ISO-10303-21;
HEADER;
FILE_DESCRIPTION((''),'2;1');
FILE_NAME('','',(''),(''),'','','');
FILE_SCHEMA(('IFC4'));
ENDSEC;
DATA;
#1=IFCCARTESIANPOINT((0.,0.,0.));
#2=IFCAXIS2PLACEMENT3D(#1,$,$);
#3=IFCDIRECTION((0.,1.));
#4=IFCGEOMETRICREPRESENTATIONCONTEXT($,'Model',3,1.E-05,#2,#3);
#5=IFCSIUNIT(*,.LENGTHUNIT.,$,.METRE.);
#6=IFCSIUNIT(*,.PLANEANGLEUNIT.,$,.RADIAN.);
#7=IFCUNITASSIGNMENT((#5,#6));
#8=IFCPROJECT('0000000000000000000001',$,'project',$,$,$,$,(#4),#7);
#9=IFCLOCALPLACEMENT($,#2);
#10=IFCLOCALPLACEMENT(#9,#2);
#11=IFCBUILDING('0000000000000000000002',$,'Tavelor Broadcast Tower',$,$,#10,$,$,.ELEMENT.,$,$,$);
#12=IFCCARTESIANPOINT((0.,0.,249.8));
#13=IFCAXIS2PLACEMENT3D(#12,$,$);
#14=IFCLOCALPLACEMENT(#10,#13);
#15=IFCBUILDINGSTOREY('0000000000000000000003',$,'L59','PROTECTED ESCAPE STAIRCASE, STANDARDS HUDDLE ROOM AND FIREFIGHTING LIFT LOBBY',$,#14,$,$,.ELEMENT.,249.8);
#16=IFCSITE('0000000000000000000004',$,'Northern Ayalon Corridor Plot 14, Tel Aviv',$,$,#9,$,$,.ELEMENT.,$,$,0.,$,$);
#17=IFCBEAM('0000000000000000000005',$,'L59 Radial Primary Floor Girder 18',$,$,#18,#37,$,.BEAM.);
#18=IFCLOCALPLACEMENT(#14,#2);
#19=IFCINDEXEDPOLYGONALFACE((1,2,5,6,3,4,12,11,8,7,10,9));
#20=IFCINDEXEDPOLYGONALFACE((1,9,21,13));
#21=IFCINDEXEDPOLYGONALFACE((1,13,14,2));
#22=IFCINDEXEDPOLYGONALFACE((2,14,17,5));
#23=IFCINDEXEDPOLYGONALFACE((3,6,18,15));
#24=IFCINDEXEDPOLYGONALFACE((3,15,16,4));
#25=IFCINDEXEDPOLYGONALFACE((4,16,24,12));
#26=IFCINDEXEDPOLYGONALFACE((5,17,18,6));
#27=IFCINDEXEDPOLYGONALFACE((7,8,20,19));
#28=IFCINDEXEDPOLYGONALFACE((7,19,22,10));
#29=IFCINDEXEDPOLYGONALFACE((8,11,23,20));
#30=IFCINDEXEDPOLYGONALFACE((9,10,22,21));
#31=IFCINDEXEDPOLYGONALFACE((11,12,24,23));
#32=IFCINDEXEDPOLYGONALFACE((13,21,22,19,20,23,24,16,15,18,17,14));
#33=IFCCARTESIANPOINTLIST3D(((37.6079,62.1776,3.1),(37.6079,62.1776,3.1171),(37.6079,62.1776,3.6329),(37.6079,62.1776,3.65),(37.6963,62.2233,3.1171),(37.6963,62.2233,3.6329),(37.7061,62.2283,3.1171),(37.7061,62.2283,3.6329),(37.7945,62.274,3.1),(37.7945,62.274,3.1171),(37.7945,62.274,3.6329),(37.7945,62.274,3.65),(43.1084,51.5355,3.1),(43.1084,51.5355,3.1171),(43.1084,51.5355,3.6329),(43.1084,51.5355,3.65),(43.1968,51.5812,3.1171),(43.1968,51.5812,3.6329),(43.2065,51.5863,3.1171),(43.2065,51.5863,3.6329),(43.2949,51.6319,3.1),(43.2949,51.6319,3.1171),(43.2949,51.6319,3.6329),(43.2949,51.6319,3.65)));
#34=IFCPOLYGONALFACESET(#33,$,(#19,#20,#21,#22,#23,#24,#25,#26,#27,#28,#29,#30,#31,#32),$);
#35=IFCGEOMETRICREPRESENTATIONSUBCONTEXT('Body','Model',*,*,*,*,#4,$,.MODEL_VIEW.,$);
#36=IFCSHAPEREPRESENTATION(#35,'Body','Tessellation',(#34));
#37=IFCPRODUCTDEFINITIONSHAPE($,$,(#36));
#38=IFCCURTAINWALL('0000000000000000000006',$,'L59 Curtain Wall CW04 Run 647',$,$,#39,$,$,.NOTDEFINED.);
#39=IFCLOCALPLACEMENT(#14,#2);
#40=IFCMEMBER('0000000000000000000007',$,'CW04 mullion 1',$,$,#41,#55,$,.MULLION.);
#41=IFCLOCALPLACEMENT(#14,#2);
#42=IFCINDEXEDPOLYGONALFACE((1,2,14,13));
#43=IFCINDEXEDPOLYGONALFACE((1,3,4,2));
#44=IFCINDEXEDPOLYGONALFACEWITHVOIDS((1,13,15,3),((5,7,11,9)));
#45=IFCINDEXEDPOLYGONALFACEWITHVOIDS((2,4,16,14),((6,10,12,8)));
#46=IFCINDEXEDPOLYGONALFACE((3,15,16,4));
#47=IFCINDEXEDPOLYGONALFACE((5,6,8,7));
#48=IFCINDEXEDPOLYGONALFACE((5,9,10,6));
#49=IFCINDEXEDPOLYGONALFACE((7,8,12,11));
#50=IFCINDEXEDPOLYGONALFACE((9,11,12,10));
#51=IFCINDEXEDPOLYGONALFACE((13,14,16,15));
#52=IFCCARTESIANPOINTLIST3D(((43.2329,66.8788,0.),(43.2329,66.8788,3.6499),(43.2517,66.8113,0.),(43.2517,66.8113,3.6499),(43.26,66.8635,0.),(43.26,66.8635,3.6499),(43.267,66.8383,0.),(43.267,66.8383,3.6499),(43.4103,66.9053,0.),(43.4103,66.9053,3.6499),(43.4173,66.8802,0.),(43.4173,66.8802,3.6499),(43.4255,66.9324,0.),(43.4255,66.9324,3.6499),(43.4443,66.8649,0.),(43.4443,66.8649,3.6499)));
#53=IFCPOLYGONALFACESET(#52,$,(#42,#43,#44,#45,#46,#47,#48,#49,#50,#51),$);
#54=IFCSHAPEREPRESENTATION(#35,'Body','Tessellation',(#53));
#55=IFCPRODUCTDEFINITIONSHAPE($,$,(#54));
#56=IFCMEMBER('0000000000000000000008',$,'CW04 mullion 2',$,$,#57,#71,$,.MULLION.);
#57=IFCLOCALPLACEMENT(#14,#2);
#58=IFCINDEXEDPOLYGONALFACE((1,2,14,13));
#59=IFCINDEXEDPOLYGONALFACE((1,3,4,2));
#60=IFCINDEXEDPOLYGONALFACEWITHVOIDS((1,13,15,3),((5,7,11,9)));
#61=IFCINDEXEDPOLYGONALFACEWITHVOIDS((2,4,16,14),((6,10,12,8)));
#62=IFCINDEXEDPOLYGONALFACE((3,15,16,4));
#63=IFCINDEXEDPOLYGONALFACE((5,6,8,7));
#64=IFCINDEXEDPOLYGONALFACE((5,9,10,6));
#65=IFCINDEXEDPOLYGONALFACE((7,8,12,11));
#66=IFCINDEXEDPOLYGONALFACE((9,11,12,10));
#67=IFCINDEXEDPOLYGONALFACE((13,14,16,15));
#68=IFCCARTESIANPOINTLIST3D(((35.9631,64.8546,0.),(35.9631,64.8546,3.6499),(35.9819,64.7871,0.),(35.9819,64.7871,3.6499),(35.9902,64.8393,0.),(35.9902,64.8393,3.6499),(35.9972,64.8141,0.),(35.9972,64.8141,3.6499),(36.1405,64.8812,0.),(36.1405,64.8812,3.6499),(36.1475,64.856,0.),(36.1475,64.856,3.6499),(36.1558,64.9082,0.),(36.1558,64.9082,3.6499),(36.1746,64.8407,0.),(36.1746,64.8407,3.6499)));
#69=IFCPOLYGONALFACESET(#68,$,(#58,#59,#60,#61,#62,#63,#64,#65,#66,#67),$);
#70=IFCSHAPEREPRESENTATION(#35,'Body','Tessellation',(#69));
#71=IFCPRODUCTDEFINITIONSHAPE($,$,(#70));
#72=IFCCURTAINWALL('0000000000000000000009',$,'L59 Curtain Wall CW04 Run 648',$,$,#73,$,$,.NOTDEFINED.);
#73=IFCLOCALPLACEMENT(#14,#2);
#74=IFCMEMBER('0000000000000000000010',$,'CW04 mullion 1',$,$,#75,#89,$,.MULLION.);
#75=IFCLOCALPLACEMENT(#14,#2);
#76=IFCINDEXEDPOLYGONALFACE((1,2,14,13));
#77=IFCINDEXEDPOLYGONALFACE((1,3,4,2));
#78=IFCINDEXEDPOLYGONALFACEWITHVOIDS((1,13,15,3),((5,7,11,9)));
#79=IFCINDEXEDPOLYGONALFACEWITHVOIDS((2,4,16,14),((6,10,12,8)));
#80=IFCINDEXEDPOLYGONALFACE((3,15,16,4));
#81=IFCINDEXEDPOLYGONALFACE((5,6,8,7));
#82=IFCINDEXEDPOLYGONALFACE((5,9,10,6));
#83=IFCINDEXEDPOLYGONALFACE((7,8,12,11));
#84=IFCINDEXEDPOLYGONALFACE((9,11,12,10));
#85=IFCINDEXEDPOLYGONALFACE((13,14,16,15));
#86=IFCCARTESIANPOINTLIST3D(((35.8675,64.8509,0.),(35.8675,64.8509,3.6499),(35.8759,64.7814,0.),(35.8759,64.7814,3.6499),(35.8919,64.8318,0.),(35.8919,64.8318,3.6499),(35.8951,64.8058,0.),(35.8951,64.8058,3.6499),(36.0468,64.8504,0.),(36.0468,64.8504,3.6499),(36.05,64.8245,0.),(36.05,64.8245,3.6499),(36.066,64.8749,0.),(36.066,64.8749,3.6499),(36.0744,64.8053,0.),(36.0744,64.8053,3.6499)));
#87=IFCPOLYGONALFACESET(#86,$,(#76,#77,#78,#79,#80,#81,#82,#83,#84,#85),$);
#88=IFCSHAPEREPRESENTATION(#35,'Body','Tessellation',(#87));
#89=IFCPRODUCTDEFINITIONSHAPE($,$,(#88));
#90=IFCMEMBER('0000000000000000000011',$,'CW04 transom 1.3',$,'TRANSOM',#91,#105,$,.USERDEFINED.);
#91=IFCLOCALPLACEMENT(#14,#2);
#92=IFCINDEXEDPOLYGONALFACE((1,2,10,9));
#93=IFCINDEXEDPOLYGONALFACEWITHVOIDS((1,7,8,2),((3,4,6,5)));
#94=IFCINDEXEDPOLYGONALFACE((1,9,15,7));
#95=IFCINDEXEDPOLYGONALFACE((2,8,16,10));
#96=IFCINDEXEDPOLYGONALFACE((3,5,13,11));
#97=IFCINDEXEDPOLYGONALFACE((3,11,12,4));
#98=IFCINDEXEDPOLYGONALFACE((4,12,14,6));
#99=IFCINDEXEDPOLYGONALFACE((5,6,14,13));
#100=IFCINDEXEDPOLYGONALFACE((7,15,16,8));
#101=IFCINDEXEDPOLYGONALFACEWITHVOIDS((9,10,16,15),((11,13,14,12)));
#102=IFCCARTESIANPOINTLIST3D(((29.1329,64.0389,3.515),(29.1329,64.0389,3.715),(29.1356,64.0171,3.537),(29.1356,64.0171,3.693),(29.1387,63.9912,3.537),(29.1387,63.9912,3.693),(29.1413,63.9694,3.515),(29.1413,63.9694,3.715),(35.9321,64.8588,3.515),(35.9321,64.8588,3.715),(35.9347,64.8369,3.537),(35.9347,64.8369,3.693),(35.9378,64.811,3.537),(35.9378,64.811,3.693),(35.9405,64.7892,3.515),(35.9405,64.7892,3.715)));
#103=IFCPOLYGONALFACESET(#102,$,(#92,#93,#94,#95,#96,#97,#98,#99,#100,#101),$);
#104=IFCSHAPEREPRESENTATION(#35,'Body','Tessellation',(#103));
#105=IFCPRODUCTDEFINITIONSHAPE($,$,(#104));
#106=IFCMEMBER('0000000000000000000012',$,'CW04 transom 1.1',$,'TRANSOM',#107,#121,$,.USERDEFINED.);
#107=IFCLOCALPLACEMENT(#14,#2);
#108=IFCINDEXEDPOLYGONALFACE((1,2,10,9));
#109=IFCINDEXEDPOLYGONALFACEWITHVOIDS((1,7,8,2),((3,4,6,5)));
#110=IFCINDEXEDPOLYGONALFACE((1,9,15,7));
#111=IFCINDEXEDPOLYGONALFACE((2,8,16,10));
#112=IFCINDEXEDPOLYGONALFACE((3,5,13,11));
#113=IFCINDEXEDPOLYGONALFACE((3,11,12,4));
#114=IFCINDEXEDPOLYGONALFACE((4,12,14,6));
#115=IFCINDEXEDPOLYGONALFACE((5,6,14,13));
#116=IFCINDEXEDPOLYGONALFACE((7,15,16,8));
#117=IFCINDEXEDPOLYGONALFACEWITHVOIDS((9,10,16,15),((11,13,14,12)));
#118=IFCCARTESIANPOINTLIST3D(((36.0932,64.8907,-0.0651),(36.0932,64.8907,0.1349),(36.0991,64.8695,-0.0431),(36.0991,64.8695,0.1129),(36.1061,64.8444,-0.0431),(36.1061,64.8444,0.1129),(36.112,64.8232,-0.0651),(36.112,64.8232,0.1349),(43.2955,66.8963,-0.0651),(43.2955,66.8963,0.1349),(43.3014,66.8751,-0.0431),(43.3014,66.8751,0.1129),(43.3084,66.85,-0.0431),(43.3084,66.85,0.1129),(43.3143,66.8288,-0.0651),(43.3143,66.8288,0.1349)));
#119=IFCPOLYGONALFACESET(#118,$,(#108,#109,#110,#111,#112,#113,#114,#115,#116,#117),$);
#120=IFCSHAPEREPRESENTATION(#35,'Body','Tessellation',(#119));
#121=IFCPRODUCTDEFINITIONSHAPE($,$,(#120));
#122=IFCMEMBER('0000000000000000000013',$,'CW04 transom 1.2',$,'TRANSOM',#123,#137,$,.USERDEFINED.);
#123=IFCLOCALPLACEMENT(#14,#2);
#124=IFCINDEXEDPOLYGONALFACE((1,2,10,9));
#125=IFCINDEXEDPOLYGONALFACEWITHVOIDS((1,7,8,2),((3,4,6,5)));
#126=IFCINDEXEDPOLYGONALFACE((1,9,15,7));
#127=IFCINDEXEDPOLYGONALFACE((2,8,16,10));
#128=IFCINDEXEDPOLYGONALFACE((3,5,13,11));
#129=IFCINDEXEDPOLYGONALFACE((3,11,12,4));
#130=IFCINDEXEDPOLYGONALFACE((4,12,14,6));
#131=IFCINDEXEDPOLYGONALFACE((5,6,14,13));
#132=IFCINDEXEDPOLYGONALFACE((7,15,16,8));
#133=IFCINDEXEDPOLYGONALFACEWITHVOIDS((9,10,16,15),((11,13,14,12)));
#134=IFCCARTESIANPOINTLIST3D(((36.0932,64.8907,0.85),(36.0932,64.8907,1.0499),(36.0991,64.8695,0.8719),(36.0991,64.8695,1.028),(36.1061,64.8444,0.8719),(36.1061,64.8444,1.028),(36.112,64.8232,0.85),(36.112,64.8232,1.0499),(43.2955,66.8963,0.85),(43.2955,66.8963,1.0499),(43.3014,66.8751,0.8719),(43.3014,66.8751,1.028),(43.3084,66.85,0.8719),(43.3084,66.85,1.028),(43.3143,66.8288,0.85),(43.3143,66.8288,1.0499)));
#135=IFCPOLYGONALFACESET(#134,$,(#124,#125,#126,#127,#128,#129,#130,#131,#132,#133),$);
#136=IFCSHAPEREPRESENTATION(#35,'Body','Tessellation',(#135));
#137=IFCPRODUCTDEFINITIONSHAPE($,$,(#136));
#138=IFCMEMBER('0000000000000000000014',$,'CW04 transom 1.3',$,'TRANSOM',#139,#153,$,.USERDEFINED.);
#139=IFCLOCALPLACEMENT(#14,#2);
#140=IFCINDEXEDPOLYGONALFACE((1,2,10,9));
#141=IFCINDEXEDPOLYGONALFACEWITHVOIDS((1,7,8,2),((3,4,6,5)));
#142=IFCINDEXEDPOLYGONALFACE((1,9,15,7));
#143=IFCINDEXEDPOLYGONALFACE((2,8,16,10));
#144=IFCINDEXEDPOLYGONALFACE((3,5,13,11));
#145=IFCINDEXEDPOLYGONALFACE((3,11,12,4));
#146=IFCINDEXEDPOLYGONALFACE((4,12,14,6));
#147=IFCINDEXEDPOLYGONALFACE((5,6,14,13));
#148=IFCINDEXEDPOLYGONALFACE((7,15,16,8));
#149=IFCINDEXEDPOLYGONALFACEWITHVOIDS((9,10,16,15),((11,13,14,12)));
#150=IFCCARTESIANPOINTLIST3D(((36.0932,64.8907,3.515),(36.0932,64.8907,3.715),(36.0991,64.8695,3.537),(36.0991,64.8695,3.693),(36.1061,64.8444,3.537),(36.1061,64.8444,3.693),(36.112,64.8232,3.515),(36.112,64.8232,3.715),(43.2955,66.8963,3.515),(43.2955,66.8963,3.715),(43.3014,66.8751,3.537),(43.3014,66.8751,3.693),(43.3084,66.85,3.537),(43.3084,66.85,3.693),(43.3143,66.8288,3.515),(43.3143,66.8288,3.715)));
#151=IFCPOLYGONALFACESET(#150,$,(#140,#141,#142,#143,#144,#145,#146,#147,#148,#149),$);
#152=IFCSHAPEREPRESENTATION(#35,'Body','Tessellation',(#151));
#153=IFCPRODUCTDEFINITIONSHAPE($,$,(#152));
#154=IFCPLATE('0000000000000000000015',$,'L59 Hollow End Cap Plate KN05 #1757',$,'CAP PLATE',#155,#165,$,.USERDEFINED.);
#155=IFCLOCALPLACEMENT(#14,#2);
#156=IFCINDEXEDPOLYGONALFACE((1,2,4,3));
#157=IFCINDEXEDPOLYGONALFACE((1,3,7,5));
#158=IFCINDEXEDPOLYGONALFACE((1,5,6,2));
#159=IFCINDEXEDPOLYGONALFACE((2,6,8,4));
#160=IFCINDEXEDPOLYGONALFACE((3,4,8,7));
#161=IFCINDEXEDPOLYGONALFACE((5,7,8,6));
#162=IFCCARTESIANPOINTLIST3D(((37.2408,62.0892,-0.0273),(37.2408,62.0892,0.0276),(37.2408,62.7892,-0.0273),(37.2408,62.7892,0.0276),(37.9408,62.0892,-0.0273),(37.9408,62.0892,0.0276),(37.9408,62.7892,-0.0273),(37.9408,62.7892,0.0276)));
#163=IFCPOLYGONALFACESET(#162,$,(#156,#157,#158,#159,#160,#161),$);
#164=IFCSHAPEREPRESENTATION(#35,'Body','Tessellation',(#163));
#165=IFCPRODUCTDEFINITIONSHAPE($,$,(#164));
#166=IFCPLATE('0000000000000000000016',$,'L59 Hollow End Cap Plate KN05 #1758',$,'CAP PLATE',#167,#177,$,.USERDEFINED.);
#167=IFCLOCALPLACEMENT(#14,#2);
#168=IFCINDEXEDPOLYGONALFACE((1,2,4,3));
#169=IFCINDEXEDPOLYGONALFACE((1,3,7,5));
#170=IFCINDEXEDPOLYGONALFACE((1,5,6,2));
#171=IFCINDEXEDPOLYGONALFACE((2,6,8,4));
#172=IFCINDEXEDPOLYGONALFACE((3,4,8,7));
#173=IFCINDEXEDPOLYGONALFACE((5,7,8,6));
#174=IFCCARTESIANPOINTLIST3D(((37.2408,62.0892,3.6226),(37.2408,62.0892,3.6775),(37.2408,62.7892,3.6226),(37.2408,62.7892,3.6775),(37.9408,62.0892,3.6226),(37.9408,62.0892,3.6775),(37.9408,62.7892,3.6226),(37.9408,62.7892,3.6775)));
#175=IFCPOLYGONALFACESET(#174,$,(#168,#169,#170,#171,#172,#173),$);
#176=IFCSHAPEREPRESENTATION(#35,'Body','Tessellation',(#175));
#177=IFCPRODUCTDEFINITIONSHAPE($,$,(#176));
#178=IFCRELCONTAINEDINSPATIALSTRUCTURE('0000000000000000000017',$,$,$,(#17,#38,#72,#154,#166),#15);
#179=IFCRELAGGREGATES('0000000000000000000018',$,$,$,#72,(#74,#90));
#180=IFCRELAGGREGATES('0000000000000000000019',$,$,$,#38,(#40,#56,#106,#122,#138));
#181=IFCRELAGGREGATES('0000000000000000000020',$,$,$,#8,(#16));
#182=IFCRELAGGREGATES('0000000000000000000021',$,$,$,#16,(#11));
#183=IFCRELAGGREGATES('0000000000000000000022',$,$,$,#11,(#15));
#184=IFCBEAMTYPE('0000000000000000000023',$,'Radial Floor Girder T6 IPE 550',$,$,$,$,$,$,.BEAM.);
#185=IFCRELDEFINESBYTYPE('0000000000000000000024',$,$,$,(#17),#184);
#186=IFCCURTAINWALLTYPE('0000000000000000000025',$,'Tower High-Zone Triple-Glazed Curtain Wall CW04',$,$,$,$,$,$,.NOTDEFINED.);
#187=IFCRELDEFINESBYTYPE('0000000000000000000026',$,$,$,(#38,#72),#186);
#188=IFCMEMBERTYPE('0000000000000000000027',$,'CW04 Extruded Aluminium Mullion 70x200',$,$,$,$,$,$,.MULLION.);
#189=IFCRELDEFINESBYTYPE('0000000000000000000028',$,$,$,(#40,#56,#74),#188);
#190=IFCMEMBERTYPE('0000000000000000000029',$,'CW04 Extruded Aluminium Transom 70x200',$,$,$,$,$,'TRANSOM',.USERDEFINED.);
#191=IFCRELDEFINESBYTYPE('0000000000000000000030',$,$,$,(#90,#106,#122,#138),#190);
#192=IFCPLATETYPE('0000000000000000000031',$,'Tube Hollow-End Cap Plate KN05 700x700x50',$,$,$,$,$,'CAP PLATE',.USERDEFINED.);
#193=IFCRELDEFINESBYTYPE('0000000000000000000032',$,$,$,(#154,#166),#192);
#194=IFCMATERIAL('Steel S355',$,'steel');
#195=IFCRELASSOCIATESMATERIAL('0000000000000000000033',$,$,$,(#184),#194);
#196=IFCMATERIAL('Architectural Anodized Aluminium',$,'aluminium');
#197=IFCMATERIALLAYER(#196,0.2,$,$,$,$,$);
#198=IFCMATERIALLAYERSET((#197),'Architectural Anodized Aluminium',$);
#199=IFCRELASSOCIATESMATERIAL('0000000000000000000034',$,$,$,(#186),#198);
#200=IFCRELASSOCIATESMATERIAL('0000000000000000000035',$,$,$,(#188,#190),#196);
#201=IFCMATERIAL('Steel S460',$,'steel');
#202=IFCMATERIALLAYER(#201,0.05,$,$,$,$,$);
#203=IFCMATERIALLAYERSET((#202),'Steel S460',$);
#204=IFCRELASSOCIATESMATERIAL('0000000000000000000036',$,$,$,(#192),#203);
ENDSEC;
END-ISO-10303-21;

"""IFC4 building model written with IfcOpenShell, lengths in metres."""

from ifc_helpers import new_model, si_unit, direction, frame, origin, origin_2d, place, context, subcontext, project, spatial, rectangle, hollow_rectangle, i_section, extrude, source, transform, mapped, material, layer, layer_set, material_profile, profile_set, type_object, type_shapes, element, aggregate, save


model = new_model("IFC4")

# Units and contexts
model_context = context("Model", 3, precision=1e-05, world=origin(), true_north=direction((0.0, 1.0)))
body_context = subcontext(model_context, "Body", "Model", "MODEL_VIEW")
ifc_project = project(units=[si_unit("LENGTHUNIT", "METRE"), si_unit("PLANEANGLEUNIT", "RADIAN")], contexts=[model_context])

# Site, building, storey
site_placement = place(None, origin())
site = spatial("IfcSite", under=ifc_project, at=site_placement, Name="Northern Ayalon Corridor Plot 14, Tel Aviv", CompositionType="ELEMENT", RefElevation=0.0)
building_placement = place(site_placement, origin())
building = spatial("IfcBuilding", under=site, at=building_placement, Name="Tavelor Broadcast Tower", CompositionType="ELEMENT")
storey_placement = place(building_placement, frame((0.0, 0.0, 249.8)))
storey = spatial("IfcBuildingStorey", under=building, at=storey_placement, Name="L59", Description="PROTECTED ESCAPE STAIRCASE, STANDARDS HUDDLE ROOM AND FIREFIGHTING LIFT LOBBY", CompositionType="ELEMENT", Elevation=249.8)

# Shared definitions
ifc_material_1 = material(Name="Steel S460", Category="steel")

# Beam
ifc_material_2 = material(Name="Steel S355", Category="steel")
ifc_material_profile_1 = material_profile(ifc_material_2, i_section(OverallWidth=0.21, OverallDepth=0.55, WebThickness=0.011, FlangeThickness=0.0171, at=origin_2d()), Name="IPE 550")
ifc_profile_set_1 = profile_set([ifc_material_profile_1], Name="Steel S355")
beam_type_1 = type_object("IfcBeamType", Name="Radial Floor Girder T6 IPE 550", PredefinedType="BEAM", material=ifc_profile_set_1)
beam_1_placement = place(storey_placement, frame((43.2017, 51.5837, 3.375), z_axis=(-0.459157, 0.888355, 0.0), x_axis=(-0.888355, -0.459157, 0.0)))
element("IfcBeam", 1, at=beam_1_placement, inside=storey, type_object=beam_type_1, Name="L59 Radial Primary Floor Girder 18", PredefinedType="BEAM", context=body_context, shape_type="SweptSolid", body=[
    extrude(i_section(OverallWidth=0.21, OverallDepth=0.55, WebThickness=0.011, FlangeThickness=0.0171, at=origin_2d()), origin(), (0.0, 0.0, 1.0), 11.9795),
])

# Curtain walls, members
ifc_material_3 = material(Name="Architectural Anodized Aluminium", Category="aluminium")
ifc_layer_1 = layer(ifc_material_3, 0.2)
ifc_layer_set_1 = layer_set([ifc_layer_1], Name="Architectural Anodized Aluminium")
curtain_wall_type = type_object("IfcCurtainWallType", Name="Tower High-Zone Triple-Glazed Curtain Wall CW04", PredefinedType="NOTDEFINED", material=ifc_layer_set_1)
curtain_wall_1_placement = place(storey_placement, origin())
curtain_wall_1 = element("IfcCurtainWall", 2, at=curtain_wall_1_placement, inside=storey, type_object=curtain_wall_type, Name="L59 Curtain Wall CW04 Run 647", PredefinedType="NOTDEFINED")
ifc_material_profile_2 = material_profile(ifc_material_3, hollow_rectangle(XDim=0.0701, YDim=0.2, WallThickness=0.022, at=origin_2d()), Name="RHS 70x200x22")
ifc_profile_set_2 = profile_set([ifc_material_profile_2], Name="Architectural Anodized Aluminium")
member_type_1 = type_object("IfcMemberType", Name="CW04 Extruded Aluminium Mullion 70x200", PredefinedType="MULLION", material=ifc_profile_set_2)
shared_shape_1 = source(origin(), body_context, "Body", "SweptSolid", [
    extrude(hollow_rectangle(XDim=0.0701, YDim=0.2, WallThickness=0.022, at=origin_2d()), origin(), (0.0, 0.0, 1.0), 3.6499),
])
type_shapes(member_type_1, [shared_shape_1])
member_1_placement = place(storey_placement, frame((43.3386, 66.8718, 0.0), z_axis=(0.0, 0.0, 1.0), x_axis=(0.268249, -0.96335, 0.0)))
member_1 = element("IfcMember", 3, at=member_1_placement, type_object=member_type_1, Name="CW04 mullion 1", PredefinedType="MULLION", context=body_context, shape_type="MappedRepresentation", body=[
    mapped(shared_shape_1, transform((0.0, 0.0, 0.0), scale=1.0)),
])
member_2_placement = place(storey_placement, frame((36.0688, 64.8477, 0.0), z_axis=(0.0, 0.0, 1.0), x_axis=(0.268249, -0.96335, 0.0)))
member_2 = element("IfcMember", 4, at=member_2_placement, type_object=member_type_1, Name="CW04 mullion 2", PredefinedType="MULLION", context=body_context, shape_type="MappedRepresentation", body=[
    mapped(shared_shape_1, transform((0.0, 0.0, 0.0), scale=1.0)),
])
curtain_wall_2_placement = place(storey_placement, origin())
curtain_wall_2 = element("IfcCurtainWall", 5, at=curtain_wall_2_placement, inside=storey, type_object=curtain_wall_type, Name="L59 Curtain Wall CW04 Run 648", PredefinedType="NOTDEFINED")
member_3_placement = place(storey_placement, frame((35.9709, 64.8281, 0.0), z_axis=(0.0, 0.0, 1.0), x_axis=(0.119729, -0.992807, 0.0)))
member_3 = element("IfcMember", 6, at=member_3_placement, type_object=member_type_1, Name="CW04 mullion 1", PredefinedType="MULLION", context=body_context, shape_type="MappedRepresentation", body=[
    mapped(shared_shape_1, transform((0.0, 0.0, 0.0), scale=1.0)),
])
ifc_material_profile_3 = material_profile(ifc_material_3, hollow_rectangle(XDim=0.0701, YDim=0.2, WallThickness=0.022, at=origin_2d()), Name="RHS 70x200x22")
ifc_profile_set_3 = profile_set([ifc_material_profile_3], Name="Architectural Anodized Aluminium")
member_type_2 = type_object("IfcMemberType", Name="CW04 Extruded Aluminium Transom 70x200", ElementType="TRANSOM", PredefinedType="USERDEFINED", material=ifc_profile_set_3)
shared_shape_2 = source(origin(), body_context, "Body", "SweptSolid", [
    extrude(hollow_rectangle(XDim=0.0701, YDim=0.2, WallThickness=0.022, at=origin_2d()), origin(), (0.0, 0.0, 1.0), 6.8484),
])
member_4_placement = place(storey_placement, frame((35.9363, 64.824, 3.615), z_axis=(-0.992809, -0.119712, 0.0), x_axis=(0.119712, -0.992809, 0.0)))
member_4 = element("IfcMember", 7, at=member_4_placement, type_object=member_type_2, Name="CW04 transom 1.3", ObjectType="TRANSOM", PredefinedType="USERDEFINED", context=body_context, shape_type="MappedRepresentation", body=[
    mapped(shared_shape_2, transform((0.0, 0.0, 0.0), scale=1.0)),
])
aggregate(curtain_wall_2, [member_3, member_4])

# Members
shared_shape_3 = source(origin(), body_context, "Body", "SweptSolid", [
    extrude(hollow_rectangle(XDim=0.0701, YDim=0.2, WallThickness=0.022, at=origin_2d()), origin(), (0.0, 0.0, 1.0), 7.4763),
])
type_shapes(member_type_2, [shared_shape_2, shared_shape_3])
member_5_placement = place(storey_placement, frame((43.3049, 66.8625, 0.0349), z_axis=(-0.963347, -0.268259, 0.0), x_axis=(0.268259, -0.963347, 0.0)))
member_5 = element("IfcMember", 8, at=member_5_placement, type_object=member_type_2, Name="CW04 transom 1.1", ObjectType="TRANSOM", PredefinedType="USERDEFINED", context=body_context, shape_type="MappedRepresentation", body=[
    mapped(shared_shape_3, transform((0.0, 0.0, 0.0), scale=1.0)),
])
member_6_placement = place(storey_placement, frame((43.3049, 66.8625, 0.95), z_axis=(-0.963347, -0.268259, 0.0), x_axis=(0.268259, -0.963347, 0.0)))
member_6 = element("IfcMember", 9, at=member_6_placement, type_object=member_type_2, Name="CW04 transom 1.2", ObjectType="TRANSOM", PredefinedType="USERDEFINED", context=body_context, shape_type="MappedRepresentation", body=[
    mapped(shared_shape_3, transform((0.0, 0.0, 0.0), scale=1.0)),
])
member_7_placement = place(storey_placement, frame((43.3049, 66.8625, 3.615), z_axis=(-0.963347, -0.268259, 0.0), x_axis=(0.268259, -0.963347, 0.0)))
member_7 = element("IfcMember", 10, at=member_7_placement, type_object=member_type_2, Name="CW04 transom 1.3", ObjectType="TRANSOM", PredefinedType="USERDEFINED", context=body_context, shape_type="MappedRepresentation", body=[
    mapped(shared_shape_3, transform((0.0, 0.0, 0.0), scale=1.0)),
])

# Plates
ifc_layer_2 = layer(ifc_material_1, 0.05)
ifc_layer_set_2 = layer_set([ifc_layer_2], Name="Steel S460")
plate_type_1 = type_object("IfcPlateType", Name="Tube Hollow-End Cap Plate KN05 700x700x50", ElementType="CAP PLATE", PredefinedType="USERDEFINED", material=ifc_layer_set_2)
shared_shape_4 = source(origin(), body_context, "Body", "SweptSolid", [
    extrude(rectangle(XDim=0.7, YDim=0.7, at=origin_2d()), origin(), (0.0, 0.0, 1.0), 0.0549),
])
type_shapes(plate_type_1, [shared_shape_4])
for number, where, z_axis, x_axis, name in (
    (11, (37.5908, 62.4392, -0.0273), (0.0, 0.0, 1.0), (1.0, 0.0, 0.0), "L59 Hollow End Cap Plate KN05 #1757"),
    (12, (37.5908, 62.4392, 3.6226), (0.0, 0.0, 1.0), (1.0, 0.0, 0.0), "L59 Hollow End Cap Plate KN05 #1758"),
):
    element("IfcPlate", number, at=place(storey_placement, frame(where, z_axis=z_axis, x_axis=x_axis)), inside=storey, type_object=plate_type_1, Name=name, ObjectType="CAP PLATE", PredefinedType="USERDEFINED", context=body_context, shape_type="MappedRepresentation", body=[
        mapped(shared_shape_4, transform((0.0, 0.0, 0.0), scale=1.0)),
    ])

aggregate(curtain_wall_1, [member_1, member_2, member_5, member_6, member_7])

save(model, "model.ifc")
